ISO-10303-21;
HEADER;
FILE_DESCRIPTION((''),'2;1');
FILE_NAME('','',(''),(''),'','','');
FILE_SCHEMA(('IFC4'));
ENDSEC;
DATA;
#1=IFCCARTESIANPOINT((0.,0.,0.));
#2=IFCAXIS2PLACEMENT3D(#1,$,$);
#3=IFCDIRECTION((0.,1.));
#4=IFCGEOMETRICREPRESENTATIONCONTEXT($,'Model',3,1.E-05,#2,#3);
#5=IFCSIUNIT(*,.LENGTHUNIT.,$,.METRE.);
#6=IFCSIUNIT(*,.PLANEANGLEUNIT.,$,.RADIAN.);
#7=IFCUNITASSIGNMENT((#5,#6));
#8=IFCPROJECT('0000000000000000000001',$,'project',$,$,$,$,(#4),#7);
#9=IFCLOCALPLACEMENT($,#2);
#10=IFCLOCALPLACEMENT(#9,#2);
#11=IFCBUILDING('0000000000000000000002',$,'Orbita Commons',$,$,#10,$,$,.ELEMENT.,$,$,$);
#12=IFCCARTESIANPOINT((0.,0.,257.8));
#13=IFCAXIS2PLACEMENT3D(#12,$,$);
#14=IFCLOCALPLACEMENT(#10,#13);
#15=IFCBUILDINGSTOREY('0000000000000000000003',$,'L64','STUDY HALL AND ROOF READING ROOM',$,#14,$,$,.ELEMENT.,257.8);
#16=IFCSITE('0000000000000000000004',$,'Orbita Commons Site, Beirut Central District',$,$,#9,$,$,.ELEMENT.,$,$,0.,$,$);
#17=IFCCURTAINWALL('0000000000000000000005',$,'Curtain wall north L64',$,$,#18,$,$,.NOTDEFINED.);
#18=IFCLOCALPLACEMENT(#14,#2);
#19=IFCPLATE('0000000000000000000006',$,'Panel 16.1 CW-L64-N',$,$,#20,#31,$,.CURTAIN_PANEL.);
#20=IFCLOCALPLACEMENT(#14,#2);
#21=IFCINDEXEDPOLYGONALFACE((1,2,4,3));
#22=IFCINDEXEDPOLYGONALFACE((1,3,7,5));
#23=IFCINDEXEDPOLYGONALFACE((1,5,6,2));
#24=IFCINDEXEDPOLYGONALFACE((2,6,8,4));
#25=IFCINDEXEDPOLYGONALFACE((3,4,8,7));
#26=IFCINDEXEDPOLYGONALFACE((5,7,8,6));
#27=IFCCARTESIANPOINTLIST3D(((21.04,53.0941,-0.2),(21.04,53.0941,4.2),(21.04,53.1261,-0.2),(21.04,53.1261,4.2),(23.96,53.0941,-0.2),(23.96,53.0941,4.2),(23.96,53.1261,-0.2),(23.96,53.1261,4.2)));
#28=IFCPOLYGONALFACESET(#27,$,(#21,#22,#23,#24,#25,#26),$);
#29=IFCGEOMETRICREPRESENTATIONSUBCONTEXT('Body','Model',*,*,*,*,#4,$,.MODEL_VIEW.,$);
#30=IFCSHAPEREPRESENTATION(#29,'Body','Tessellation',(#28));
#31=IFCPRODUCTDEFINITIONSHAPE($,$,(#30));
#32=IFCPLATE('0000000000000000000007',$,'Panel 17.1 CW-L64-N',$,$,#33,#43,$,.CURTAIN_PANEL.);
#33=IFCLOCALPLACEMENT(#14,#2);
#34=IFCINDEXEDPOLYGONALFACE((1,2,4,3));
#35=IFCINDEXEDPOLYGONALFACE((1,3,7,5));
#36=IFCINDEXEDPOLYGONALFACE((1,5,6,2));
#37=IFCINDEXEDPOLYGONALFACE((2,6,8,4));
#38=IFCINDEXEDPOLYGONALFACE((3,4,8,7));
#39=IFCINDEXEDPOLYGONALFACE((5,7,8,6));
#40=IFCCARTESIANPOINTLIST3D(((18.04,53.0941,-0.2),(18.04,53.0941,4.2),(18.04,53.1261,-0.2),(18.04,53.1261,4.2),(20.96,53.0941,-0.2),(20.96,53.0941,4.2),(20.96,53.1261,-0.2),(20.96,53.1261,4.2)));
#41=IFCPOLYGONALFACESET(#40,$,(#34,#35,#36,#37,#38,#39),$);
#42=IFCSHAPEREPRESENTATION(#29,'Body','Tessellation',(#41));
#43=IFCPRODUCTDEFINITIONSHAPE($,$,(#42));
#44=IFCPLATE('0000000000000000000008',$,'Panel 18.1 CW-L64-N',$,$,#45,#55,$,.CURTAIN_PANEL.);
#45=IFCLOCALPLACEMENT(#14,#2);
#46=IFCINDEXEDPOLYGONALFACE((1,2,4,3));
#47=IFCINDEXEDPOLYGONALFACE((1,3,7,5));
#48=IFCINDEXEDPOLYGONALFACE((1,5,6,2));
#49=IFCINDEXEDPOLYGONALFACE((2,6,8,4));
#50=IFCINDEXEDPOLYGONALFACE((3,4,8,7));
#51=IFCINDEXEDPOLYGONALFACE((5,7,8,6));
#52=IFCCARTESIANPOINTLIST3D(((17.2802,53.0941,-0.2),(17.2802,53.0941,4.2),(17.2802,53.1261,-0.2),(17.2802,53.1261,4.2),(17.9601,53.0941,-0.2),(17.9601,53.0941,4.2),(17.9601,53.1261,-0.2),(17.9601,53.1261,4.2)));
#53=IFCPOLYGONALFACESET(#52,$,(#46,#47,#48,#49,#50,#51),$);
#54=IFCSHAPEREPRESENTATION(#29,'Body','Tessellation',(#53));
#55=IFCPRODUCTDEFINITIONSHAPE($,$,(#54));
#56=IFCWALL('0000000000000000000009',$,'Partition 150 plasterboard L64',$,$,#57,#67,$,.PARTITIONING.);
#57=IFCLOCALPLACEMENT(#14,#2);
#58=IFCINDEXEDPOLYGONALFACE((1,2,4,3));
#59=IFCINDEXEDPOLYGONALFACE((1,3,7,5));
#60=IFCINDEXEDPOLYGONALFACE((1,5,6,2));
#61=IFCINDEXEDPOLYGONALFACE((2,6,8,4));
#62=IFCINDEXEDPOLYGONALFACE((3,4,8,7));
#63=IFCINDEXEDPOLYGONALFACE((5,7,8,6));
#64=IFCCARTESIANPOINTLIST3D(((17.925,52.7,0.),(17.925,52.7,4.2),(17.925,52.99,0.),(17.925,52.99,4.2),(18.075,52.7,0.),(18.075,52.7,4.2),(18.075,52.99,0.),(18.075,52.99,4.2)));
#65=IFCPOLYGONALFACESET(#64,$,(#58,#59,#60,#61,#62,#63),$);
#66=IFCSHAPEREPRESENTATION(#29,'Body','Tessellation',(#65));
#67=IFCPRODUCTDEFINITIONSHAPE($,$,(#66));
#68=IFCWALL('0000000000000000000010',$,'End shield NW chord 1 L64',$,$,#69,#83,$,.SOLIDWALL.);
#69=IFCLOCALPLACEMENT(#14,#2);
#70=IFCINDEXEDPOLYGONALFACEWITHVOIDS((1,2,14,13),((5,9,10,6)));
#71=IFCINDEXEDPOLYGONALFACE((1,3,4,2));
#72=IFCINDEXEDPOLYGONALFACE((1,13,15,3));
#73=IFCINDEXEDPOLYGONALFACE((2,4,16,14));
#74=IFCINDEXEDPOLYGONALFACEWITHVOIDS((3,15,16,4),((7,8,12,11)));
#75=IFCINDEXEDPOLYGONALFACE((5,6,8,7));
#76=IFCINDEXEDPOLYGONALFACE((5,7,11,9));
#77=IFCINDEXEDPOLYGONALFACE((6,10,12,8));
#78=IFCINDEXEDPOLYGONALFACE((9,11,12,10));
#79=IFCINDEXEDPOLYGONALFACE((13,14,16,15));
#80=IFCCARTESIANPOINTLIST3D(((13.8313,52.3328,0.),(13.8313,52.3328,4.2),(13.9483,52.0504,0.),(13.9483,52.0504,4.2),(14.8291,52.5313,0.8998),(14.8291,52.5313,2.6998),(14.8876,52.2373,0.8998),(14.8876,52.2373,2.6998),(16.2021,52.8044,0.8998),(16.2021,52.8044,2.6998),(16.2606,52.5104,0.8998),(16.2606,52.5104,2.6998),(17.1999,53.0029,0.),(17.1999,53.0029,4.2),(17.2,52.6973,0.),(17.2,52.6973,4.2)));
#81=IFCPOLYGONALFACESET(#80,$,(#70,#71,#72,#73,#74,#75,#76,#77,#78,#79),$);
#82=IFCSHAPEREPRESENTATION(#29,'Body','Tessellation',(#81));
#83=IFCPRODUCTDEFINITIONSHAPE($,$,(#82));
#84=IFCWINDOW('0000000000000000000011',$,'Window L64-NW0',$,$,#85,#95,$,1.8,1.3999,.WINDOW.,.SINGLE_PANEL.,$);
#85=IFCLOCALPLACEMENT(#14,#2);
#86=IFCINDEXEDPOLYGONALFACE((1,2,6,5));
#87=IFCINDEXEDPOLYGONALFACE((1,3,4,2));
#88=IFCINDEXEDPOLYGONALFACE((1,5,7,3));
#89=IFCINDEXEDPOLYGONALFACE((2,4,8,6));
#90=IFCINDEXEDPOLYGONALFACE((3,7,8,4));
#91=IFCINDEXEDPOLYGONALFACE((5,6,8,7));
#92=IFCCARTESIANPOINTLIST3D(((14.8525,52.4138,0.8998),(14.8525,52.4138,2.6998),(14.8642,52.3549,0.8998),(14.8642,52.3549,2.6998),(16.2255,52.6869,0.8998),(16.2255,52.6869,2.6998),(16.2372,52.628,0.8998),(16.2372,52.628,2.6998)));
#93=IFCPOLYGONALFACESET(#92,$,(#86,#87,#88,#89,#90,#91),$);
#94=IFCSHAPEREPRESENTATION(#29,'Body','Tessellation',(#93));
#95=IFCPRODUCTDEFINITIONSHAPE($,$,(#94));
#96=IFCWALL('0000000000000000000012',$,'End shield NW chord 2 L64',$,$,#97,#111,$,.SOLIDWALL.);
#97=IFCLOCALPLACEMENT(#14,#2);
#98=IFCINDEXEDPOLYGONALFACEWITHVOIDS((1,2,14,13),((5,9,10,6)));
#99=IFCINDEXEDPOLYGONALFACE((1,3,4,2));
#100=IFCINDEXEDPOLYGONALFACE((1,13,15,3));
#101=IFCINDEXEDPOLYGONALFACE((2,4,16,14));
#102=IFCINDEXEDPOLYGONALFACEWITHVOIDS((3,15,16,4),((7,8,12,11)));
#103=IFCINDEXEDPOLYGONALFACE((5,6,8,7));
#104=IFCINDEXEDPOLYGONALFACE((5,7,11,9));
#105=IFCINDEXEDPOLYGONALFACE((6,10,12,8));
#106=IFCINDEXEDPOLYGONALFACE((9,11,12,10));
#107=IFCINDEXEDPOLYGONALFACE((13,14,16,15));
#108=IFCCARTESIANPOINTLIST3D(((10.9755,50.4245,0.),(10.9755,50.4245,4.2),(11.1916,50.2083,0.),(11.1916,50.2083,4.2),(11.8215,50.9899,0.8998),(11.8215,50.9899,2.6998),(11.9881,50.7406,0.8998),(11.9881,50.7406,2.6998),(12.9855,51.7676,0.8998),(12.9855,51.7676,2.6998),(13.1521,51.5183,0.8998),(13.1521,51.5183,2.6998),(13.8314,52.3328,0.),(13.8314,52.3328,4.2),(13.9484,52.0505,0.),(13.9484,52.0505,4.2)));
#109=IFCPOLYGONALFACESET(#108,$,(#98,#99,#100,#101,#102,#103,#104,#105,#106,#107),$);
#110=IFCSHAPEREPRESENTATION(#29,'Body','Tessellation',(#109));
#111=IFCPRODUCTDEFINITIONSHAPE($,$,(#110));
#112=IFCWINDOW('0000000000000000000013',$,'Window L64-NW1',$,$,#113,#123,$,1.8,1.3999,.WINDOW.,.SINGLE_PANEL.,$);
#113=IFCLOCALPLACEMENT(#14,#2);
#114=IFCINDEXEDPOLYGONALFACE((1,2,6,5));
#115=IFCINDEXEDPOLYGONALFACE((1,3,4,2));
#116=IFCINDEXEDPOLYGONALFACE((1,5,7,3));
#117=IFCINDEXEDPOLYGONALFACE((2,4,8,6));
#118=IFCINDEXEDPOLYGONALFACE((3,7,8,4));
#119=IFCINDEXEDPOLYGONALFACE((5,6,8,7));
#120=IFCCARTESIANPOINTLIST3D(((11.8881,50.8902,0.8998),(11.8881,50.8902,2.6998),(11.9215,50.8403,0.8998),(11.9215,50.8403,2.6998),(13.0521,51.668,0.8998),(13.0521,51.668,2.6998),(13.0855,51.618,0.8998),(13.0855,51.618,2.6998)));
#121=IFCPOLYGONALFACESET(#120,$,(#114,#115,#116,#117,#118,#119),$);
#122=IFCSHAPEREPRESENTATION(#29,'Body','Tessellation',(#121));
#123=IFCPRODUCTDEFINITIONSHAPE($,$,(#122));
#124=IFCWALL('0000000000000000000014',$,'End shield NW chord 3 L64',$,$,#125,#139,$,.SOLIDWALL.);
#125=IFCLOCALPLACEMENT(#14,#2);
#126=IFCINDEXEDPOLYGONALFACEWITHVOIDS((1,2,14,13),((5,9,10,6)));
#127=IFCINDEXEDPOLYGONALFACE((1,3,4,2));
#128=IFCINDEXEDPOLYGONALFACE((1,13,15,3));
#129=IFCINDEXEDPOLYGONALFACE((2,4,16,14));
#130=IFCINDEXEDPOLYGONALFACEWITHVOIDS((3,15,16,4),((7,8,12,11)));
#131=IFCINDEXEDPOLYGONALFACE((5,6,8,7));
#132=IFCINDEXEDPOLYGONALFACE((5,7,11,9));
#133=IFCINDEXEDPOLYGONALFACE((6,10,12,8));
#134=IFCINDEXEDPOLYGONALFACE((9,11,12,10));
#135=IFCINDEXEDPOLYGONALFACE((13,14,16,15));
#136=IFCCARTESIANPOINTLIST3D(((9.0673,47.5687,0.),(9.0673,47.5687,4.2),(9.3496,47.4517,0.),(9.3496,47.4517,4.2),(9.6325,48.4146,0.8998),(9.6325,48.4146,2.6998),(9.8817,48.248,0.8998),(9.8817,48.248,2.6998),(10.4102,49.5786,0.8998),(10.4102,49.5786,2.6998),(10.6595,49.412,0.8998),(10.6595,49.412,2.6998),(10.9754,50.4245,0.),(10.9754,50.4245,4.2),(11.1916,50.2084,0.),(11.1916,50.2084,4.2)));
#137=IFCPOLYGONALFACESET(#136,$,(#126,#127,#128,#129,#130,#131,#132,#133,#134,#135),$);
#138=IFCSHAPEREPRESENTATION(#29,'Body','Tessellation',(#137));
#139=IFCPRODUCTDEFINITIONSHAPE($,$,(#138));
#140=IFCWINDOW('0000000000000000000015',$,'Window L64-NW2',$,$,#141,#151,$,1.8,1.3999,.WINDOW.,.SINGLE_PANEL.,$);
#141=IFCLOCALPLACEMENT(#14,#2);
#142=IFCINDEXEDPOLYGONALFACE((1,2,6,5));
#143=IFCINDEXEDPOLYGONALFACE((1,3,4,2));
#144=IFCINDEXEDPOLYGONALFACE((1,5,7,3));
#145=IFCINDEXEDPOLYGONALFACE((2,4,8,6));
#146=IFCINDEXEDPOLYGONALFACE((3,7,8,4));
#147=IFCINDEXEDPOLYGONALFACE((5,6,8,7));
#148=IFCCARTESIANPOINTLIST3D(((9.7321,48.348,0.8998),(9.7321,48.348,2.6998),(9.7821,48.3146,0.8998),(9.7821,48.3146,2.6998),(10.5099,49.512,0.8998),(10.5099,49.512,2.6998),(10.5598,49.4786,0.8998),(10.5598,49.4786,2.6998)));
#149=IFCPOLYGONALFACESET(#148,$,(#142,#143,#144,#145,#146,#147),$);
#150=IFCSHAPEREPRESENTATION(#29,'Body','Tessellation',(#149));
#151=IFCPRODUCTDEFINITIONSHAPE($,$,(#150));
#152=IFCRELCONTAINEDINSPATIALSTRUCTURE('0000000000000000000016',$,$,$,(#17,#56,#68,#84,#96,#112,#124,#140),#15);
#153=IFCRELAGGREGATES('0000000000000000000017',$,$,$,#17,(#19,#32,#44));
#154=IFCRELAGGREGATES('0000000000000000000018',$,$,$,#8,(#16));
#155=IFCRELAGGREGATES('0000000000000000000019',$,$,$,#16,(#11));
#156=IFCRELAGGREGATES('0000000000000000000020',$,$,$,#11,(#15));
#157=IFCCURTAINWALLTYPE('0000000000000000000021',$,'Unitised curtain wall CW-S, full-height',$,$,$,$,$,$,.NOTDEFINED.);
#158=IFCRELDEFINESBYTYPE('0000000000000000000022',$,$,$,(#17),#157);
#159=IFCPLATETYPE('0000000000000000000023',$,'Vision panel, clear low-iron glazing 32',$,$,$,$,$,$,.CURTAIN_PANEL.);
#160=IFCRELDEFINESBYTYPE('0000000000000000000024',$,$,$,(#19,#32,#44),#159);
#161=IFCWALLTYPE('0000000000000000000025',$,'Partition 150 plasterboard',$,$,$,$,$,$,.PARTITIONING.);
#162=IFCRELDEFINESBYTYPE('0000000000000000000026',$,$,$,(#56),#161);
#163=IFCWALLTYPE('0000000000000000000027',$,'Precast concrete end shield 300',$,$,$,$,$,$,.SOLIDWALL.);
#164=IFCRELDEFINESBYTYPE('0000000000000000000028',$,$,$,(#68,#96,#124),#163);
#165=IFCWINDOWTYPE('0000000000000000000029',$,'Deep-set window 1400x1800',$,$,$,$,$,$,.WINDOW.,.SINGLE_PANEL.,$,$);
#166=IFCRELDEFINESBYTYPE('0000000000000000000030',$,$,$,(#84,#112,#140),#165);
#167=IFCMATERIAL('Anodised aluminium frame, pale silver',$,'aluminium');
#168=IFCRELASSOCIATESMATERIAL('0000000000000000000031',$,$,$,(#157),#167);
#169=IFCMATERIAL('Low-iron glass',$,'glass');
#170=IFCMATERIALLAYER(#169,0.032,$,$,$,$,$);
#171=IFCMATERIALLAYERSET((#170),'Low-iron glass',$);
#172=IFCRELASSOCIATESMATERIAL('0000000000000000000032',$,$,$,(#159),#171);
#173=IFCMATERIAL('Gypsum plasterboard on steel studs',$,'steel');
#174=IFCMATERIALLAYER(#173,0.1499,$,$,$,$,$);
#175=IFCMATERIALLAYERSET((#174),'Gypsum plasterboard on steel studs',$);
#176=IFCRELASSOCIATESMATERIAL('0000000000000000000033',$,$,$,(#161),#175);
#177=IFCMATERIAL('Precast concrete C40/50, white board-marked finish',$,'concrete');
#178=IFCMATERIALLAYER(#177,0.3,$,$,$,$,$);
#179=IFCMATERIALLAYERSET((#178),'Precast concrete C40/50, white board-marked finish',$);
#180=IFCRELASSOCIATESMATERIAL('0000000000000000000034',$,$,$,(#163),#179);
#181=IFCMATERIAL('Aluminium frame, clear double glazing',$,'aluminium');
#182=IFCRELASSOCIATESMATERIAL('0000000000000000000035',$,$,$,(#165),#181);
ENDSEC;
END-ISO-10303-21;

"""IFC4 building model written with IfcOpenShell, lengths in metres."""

from ifc_helpers import new_model, si_unit, direction, frame, frame_2d, origin, origin_2d, place, context, subcontext, project, spatial, polyline, rectangle, outline, extrude, material, layer, layer_set, type_object, element, fill, aggregate, save


model = new_model("IFC4")

# Units and contexts
model_context = context("Model", 3, precision=1e-05, world=origin(), true_north=direction((0.0, 1.0)))
body_context = subcontext(model_context, "Body", "Model", "MODEL_VIEW")
ifc_project = project(units=[si_unit("LENGTHUNIT", "METRE"), si_unit("PLANEANGLEUNIT", "RADIAN")], contexts=[model_context])

# Site, building, storey
site_placement = place(None, origin())
site = spatial("IfcSite", under=ifc_project, at=site_placement, Name="Orbita Commons Site, Beirut Central District", CompositionType="ELEMENT", RefElevation=0.0)
building_placement = place(site_placement, origin())
building = spatial("IfcBuilding", under=site, at=building_placement, Name="Orbita Commons", CompositionType="ELEMENT")
storey_placement = place(building_placement, frame((0.0, 0.0, 257.8)))
storey = spatial("IfcBuildingStorey", under=building, at=storey_placement, Name="L64", Description="STUDY HALL AND ROOF READING ROOM", CompositionType="ELEMENT", Elevation=257.8)

# Curtain wall
ifc_material_1 = material(Name="Anodised aluminium frame, pale silver", Category="aluminium")
curtain_wall_type = type_object("IfcCurtainWallType", Name="Unitised curtain wall CW-S, full-height", PredefinedType="NOTDEFINED", material=ifc_material_1)
curtain_wall_placement = place(storey_placement, origin())
curtain_wall = element("IfcCurtainWall", 1, at=curtain_wall_placement, inside=storey, type_object=curtain_wall_type, Name="Curtain wall north L64", PredefinedType="NOTDEFINED")

# Plates
ifc_material_2 = material(Name="Low-iron glass", Category="glass")
ifc_layer_1 = layer(ifc_material_2, 0.032)
ifc_layer_set_1 = layer_set([ifc_layer_1], Name="Low-iron glass")
plate_type = type_object("IfcPlateType", Name="Vision panel, clear low-iron glazing 32", PredefinedType="CURTAIN_PANEL", material=ifc_layer_set_1)
plate_1_placement = place(storey_placement, frame((22.5, 53.1101, -0.2), z_axis=(0.0, 0.0, 1.0), x_axis=(-1.0, 0.0, 0.0)))
plate_1 = element("IfcPlate", 2, at=plate_1_placement, type_object=plate_type, Name="Panel 16.1 CW-L64-N", PredefinedType="CURTAIN_PANEL", context=body_context, shape_type="SweptSolid", body=[
    extrude(rectangle(XDim=2.9199, YDim=0.032, at=origin_2d()), origin(), (0.0, 0.0, 1.0), 4.3999),
])
plate_2_placement = place(storey_placement, frame((19.5, 53.1101, -0.2), z_axis=(0.0, 0.0, 1.0), x_axis=(-1.0, 0.0, 0.0)))
plate_2 = element("IfcPlate", 3, at=plate_2_placement, type_object=plate_type, Name="Panel 17.1 CW-L64-N", PredefinedType="CURTAIN_PANEL", context=body_context, shape_type="SweptSolid", body=[
    extrude(rectangle(XDim=2.9199, YDim=0.032, at=origin_2d()), origin(), (0.0, 0.0, 1.0), 4.3999),
])
plate_3_placement = place(storey_placement, frame((17.6201, 53.1101, -0.2), z_axis=(0.0, 0.0, 1.0), x_axis=(-1.0, 0.0, 0.0)))
plate_3 = element("IfcPlate", 4, at=plate_3_placement, type_object=plate_type, Name="Panel 18.1 CW-L64-N", PredefinedType="CURTAIN_PANEL", context=body_context, shape_type="SweptSolid", body=[
    extrude(rectangle(XDim=0.6799, YDim=0.032, at=origin_2d()), origin(), (0.0, 0.0, 1.0), 4.3999),
])
aggregate(curtain_wall, [plate_1, plate_2, plate_3])

# Wall
ifc_material_3 = material(Name="Gypsum plasterboard on steel studs", Category="steel")
ifc_layer_2 = layer(ifc_material_3, 0.1499)
ifc_layer_set_2 = layer_set([ifc_layer_2], Name="Gypsum plasterboard on steel studs")
wall_type_1 = type_object("IfcWallType", Name="Partition 150 plasterboard", PredefinedType="PARTITIONING", material=ifc_layer_set_2)
wall_1_placement = place(storey_placement, frame((18.0, 52.7, 0.0), z_axis=(0.0, 0.0, 1.0), x_axis=(0.0, 1.0, 0.0)))
element("IfcWall", 5, at=wall_1_placement, inside=storey, type_object=wall_type_1, Name="Partition 150 plasterboard L64", PredefinedType="PARTITIONING", context=body_context, shape_type="SweptSolid", body=[
    extrude(rectangle(XDim=0.29, YDim=0.1499, at=frame_2d((0.145, 0.0))), origin(), (0.0, 0.0, 1.0), 4.2),
])

# Walls, openings, windows
ifc_material_4 = material(Name="Precast concrete C40/50, white board-marked finish", Category="concrete")
ifc_layer_3 = layer(ifc_material_4, 0.3)
ifc_layer_set_3 = layer_set([ifc_layer_3], Name="Precast concrete C40/50, white board-marked finish")
wall_type_2 = type_object("IfcWallType", Name="Precast concrete end shield 300", PredefinedType="SOLIDWALL", material=ifc_layer_set_3)
wall_2_placement = place(storey_placement, frame((17.2, 52.8501, 0.0), z_axis=(0.0, 0.0, 1.0), x_axis=(-0.980783, -0.1951, 0.0)))
wall_2 = element("IfcWall", 6, at=wall_2_placement, inside=storey, type_object=wall_type_2, Name="End shield NW chord 1 L64", PredefinedType="SOLIDWALL", context=body_context, shape_type="SweptSolid", body=[
    extrude(outline(polyline([(-0.0298, -0.1499), (3.4048, -0.1499), (3.3452, 0.1499), (0.0298, 0.1499), (-0.0298, -0.1499)])), origin(), (0.0, 0.0, 1.0), 4.2),
])
opening_1_placement = place(wall_2_placement, frame((0.9875, 0.0, 0.8999)))
opening_1 = element("IfcOpeningElement", 7, at=opening_1_placement, cuts=wall_2, PredefinedType="OPENING", context=body_context, shape_type="SweptSolid", body=[
    extrude(rectangle(XDim=1.3999, YDim=1.8, at=frame_2d((0.7, 0.8999))), frame((0.0, 0.1599, 0.0), z_axis=(0.0, -1.0, 0.0), x_axis=(1.0, 0.0, 0.0)), (0.0, 0.0, 1.0), 0.3201),
])
ifc_material_5 = material(Name="Aluminium frame, clear double glazing", Category="aluminium")
window_type = type_object("IfcWindowType", Name="Deep-set window 1400x1800", PartitioningType="SINGLE_PANEL", PredefinedType="WINDOW", material=ifc_material_5)
window_1_placement = place(opening_1_placement, origin())
window_1 = element("IfcWindow", 8, at=window_1_placement, inside=storey, type_object=window_type, Name="Window L64-NW0", OverallHeight=1.8, OverallWidth=1.3999, PartitioningType="SINGLE_PANEL", PredefinedType="WINDOW", context=body_context, shape_type="SweptSolid", body=[
    extrude(rectangle(XDim=1.3999, YDim=1.8, at=frame_2d((0.7, 0.8999))), frame((0.0, 0.03, 0.0), z_axis=(0.0, -1.0, 0.0), x_axis=(1.0, 0.0, 0.0)), (0.0, 0.0, 1.0), 0.0601),
])
fill(opening_1, window_1)
wall_3_placement = place(storey_placement, frame((13.8899, 52.1917, 0.0), z_axis=(0.0, 0.0, 1.0), x_axis=(-0.83146, -0.555585, 0.0)))
wall_3 = element("IfcWall", 9, at=wall_3_placement, inside=storey, type_object=wall_type_2, Name="End shield NW chord 2 L64", PredefinedType="SOLIDWALL", context=body_context, shape_type="SweptSolid", body=[
    extrude(outline(polyline([(-0.0298, -0.1499), (3.405, -0.1499), (3.3455, 0.1499), (0.0298, 0.1499), (-0.0298, -0.1499)])), origin(), (0.0, 0.0, 1.0), 4.2),
])
opening_2_placement = place(wall_3_placement, frame((0.9875, 0.0, 0.8999)))
opening_2 = element("IfcOpeningElement", 10, at=opening_2_placement, cuts=wall_3, PredefinedType="OPENING", context=body_context, shape_type="SweptSolid", body=[
    extrude(rectangle(XDim=1.3999, YDim=1.8, at=frame_2d((0.7, 0.8999))), frame((0.0, 0.1599, 0.0), z_axis=(0.0, -1.0, 0.0), x_axis=(1.0, 0.0, 0.0)), (0.0, 0.0, 1.0), 0.3201),
])
window_2_placement = place(opening_2_placement, origin())
window_2 = element("IfcWindow", 11, at=window_2_placement, inside=storey, type_object=window_type, Name="Window L64-NW1", OverallHeight=1.8, OverallWidth=1.3999, PartitioningType="SINGLE_PANEL", PredefinedType="WINDOW", context=body_context, shape_type="SweptSolid", body=[
    extrude(rectangle(XDim=1.3999, YDim=1.8, at=frame_2d((0.7, 0.8999))), frame((0.0, 0.03, 0.0), z_axis=(0.0, -1.0, 0.0), x_axis=(1.0, 0.0, 0.0)), (0.0, 0.0, 1.0), 0.0601),
])
fill(opening_2, window_2)
wall_4_placement = place(storey_placement, frame((11.0835, 50.3164, 0.0), z_axis=(0.0, 0.0, 1.0), x_axis=(-0.555568, -0.831471, 0.0)))
wall_4 = element("IfcWall", 12, at=wall_4_placement, inside=storey, type_object=wall_type_2, Name="End shield NW chord 3 L64", PredefinedType="SOLIDWALL", context=body_context, shape_type="SweptSolid", body=[
    extrude(outline(polyline([(-0.0298, -0.1499), (3.4048, -0.1499), (3.3452, 0.1499), (0.0298, 0.1499), (-0.0298, -0.1499)])), origin(), (0.0, 0.0, 1.0), 4.2),
])
opening_3_placement = place(wall_4_placement, frame((0.9875, 0.0, 0.8999)))
opening_3 = element("IfcOpeningElement", 13, at=opening_3_placement, cuts=wall_4, PredefinedType="OPENING", context=body_context, shape_type="SweptSolid", body=[
    extrude(rectangle(XDim=1.3999, YDim=1.8, at=frame_2d((0.7, 0.8999))), frame((0.0, 0.1599, 0.0), z_axis=(0.0, -1.0, 0.0), x_axis=(1.0, 0.0, 0.0)), (0.0, 0.0, 1.0), 0.3201),
])
window_3_placement = place(opening_3_placement, origin())
window_3 = element("IfcWindow", 14, at=window_3_placement, inside=storey, type_object=window_type, Name="Window L64-NW2", OverallHeight=1.8, OverallWidth=1.3999, PartitioningType="SINGLE_PANEL", PredefinedType="WINDOW", context=body_context, shape_type="SweptSolid", body=[
    extrude(rectangle(XDim=1.3999, YDim=1.8, at=frame_2d((0.7, 0.8999))), frame((0.0, 0.03, 0.0), z_axis=(0.0, -1.0, 0.0), x_axis=(1.0, 0.0, 0.0)), (0.0, 0.0, 1.0), 0.0601),
])
fill(opening_3, window_3)

save(model, "model.ifc")
